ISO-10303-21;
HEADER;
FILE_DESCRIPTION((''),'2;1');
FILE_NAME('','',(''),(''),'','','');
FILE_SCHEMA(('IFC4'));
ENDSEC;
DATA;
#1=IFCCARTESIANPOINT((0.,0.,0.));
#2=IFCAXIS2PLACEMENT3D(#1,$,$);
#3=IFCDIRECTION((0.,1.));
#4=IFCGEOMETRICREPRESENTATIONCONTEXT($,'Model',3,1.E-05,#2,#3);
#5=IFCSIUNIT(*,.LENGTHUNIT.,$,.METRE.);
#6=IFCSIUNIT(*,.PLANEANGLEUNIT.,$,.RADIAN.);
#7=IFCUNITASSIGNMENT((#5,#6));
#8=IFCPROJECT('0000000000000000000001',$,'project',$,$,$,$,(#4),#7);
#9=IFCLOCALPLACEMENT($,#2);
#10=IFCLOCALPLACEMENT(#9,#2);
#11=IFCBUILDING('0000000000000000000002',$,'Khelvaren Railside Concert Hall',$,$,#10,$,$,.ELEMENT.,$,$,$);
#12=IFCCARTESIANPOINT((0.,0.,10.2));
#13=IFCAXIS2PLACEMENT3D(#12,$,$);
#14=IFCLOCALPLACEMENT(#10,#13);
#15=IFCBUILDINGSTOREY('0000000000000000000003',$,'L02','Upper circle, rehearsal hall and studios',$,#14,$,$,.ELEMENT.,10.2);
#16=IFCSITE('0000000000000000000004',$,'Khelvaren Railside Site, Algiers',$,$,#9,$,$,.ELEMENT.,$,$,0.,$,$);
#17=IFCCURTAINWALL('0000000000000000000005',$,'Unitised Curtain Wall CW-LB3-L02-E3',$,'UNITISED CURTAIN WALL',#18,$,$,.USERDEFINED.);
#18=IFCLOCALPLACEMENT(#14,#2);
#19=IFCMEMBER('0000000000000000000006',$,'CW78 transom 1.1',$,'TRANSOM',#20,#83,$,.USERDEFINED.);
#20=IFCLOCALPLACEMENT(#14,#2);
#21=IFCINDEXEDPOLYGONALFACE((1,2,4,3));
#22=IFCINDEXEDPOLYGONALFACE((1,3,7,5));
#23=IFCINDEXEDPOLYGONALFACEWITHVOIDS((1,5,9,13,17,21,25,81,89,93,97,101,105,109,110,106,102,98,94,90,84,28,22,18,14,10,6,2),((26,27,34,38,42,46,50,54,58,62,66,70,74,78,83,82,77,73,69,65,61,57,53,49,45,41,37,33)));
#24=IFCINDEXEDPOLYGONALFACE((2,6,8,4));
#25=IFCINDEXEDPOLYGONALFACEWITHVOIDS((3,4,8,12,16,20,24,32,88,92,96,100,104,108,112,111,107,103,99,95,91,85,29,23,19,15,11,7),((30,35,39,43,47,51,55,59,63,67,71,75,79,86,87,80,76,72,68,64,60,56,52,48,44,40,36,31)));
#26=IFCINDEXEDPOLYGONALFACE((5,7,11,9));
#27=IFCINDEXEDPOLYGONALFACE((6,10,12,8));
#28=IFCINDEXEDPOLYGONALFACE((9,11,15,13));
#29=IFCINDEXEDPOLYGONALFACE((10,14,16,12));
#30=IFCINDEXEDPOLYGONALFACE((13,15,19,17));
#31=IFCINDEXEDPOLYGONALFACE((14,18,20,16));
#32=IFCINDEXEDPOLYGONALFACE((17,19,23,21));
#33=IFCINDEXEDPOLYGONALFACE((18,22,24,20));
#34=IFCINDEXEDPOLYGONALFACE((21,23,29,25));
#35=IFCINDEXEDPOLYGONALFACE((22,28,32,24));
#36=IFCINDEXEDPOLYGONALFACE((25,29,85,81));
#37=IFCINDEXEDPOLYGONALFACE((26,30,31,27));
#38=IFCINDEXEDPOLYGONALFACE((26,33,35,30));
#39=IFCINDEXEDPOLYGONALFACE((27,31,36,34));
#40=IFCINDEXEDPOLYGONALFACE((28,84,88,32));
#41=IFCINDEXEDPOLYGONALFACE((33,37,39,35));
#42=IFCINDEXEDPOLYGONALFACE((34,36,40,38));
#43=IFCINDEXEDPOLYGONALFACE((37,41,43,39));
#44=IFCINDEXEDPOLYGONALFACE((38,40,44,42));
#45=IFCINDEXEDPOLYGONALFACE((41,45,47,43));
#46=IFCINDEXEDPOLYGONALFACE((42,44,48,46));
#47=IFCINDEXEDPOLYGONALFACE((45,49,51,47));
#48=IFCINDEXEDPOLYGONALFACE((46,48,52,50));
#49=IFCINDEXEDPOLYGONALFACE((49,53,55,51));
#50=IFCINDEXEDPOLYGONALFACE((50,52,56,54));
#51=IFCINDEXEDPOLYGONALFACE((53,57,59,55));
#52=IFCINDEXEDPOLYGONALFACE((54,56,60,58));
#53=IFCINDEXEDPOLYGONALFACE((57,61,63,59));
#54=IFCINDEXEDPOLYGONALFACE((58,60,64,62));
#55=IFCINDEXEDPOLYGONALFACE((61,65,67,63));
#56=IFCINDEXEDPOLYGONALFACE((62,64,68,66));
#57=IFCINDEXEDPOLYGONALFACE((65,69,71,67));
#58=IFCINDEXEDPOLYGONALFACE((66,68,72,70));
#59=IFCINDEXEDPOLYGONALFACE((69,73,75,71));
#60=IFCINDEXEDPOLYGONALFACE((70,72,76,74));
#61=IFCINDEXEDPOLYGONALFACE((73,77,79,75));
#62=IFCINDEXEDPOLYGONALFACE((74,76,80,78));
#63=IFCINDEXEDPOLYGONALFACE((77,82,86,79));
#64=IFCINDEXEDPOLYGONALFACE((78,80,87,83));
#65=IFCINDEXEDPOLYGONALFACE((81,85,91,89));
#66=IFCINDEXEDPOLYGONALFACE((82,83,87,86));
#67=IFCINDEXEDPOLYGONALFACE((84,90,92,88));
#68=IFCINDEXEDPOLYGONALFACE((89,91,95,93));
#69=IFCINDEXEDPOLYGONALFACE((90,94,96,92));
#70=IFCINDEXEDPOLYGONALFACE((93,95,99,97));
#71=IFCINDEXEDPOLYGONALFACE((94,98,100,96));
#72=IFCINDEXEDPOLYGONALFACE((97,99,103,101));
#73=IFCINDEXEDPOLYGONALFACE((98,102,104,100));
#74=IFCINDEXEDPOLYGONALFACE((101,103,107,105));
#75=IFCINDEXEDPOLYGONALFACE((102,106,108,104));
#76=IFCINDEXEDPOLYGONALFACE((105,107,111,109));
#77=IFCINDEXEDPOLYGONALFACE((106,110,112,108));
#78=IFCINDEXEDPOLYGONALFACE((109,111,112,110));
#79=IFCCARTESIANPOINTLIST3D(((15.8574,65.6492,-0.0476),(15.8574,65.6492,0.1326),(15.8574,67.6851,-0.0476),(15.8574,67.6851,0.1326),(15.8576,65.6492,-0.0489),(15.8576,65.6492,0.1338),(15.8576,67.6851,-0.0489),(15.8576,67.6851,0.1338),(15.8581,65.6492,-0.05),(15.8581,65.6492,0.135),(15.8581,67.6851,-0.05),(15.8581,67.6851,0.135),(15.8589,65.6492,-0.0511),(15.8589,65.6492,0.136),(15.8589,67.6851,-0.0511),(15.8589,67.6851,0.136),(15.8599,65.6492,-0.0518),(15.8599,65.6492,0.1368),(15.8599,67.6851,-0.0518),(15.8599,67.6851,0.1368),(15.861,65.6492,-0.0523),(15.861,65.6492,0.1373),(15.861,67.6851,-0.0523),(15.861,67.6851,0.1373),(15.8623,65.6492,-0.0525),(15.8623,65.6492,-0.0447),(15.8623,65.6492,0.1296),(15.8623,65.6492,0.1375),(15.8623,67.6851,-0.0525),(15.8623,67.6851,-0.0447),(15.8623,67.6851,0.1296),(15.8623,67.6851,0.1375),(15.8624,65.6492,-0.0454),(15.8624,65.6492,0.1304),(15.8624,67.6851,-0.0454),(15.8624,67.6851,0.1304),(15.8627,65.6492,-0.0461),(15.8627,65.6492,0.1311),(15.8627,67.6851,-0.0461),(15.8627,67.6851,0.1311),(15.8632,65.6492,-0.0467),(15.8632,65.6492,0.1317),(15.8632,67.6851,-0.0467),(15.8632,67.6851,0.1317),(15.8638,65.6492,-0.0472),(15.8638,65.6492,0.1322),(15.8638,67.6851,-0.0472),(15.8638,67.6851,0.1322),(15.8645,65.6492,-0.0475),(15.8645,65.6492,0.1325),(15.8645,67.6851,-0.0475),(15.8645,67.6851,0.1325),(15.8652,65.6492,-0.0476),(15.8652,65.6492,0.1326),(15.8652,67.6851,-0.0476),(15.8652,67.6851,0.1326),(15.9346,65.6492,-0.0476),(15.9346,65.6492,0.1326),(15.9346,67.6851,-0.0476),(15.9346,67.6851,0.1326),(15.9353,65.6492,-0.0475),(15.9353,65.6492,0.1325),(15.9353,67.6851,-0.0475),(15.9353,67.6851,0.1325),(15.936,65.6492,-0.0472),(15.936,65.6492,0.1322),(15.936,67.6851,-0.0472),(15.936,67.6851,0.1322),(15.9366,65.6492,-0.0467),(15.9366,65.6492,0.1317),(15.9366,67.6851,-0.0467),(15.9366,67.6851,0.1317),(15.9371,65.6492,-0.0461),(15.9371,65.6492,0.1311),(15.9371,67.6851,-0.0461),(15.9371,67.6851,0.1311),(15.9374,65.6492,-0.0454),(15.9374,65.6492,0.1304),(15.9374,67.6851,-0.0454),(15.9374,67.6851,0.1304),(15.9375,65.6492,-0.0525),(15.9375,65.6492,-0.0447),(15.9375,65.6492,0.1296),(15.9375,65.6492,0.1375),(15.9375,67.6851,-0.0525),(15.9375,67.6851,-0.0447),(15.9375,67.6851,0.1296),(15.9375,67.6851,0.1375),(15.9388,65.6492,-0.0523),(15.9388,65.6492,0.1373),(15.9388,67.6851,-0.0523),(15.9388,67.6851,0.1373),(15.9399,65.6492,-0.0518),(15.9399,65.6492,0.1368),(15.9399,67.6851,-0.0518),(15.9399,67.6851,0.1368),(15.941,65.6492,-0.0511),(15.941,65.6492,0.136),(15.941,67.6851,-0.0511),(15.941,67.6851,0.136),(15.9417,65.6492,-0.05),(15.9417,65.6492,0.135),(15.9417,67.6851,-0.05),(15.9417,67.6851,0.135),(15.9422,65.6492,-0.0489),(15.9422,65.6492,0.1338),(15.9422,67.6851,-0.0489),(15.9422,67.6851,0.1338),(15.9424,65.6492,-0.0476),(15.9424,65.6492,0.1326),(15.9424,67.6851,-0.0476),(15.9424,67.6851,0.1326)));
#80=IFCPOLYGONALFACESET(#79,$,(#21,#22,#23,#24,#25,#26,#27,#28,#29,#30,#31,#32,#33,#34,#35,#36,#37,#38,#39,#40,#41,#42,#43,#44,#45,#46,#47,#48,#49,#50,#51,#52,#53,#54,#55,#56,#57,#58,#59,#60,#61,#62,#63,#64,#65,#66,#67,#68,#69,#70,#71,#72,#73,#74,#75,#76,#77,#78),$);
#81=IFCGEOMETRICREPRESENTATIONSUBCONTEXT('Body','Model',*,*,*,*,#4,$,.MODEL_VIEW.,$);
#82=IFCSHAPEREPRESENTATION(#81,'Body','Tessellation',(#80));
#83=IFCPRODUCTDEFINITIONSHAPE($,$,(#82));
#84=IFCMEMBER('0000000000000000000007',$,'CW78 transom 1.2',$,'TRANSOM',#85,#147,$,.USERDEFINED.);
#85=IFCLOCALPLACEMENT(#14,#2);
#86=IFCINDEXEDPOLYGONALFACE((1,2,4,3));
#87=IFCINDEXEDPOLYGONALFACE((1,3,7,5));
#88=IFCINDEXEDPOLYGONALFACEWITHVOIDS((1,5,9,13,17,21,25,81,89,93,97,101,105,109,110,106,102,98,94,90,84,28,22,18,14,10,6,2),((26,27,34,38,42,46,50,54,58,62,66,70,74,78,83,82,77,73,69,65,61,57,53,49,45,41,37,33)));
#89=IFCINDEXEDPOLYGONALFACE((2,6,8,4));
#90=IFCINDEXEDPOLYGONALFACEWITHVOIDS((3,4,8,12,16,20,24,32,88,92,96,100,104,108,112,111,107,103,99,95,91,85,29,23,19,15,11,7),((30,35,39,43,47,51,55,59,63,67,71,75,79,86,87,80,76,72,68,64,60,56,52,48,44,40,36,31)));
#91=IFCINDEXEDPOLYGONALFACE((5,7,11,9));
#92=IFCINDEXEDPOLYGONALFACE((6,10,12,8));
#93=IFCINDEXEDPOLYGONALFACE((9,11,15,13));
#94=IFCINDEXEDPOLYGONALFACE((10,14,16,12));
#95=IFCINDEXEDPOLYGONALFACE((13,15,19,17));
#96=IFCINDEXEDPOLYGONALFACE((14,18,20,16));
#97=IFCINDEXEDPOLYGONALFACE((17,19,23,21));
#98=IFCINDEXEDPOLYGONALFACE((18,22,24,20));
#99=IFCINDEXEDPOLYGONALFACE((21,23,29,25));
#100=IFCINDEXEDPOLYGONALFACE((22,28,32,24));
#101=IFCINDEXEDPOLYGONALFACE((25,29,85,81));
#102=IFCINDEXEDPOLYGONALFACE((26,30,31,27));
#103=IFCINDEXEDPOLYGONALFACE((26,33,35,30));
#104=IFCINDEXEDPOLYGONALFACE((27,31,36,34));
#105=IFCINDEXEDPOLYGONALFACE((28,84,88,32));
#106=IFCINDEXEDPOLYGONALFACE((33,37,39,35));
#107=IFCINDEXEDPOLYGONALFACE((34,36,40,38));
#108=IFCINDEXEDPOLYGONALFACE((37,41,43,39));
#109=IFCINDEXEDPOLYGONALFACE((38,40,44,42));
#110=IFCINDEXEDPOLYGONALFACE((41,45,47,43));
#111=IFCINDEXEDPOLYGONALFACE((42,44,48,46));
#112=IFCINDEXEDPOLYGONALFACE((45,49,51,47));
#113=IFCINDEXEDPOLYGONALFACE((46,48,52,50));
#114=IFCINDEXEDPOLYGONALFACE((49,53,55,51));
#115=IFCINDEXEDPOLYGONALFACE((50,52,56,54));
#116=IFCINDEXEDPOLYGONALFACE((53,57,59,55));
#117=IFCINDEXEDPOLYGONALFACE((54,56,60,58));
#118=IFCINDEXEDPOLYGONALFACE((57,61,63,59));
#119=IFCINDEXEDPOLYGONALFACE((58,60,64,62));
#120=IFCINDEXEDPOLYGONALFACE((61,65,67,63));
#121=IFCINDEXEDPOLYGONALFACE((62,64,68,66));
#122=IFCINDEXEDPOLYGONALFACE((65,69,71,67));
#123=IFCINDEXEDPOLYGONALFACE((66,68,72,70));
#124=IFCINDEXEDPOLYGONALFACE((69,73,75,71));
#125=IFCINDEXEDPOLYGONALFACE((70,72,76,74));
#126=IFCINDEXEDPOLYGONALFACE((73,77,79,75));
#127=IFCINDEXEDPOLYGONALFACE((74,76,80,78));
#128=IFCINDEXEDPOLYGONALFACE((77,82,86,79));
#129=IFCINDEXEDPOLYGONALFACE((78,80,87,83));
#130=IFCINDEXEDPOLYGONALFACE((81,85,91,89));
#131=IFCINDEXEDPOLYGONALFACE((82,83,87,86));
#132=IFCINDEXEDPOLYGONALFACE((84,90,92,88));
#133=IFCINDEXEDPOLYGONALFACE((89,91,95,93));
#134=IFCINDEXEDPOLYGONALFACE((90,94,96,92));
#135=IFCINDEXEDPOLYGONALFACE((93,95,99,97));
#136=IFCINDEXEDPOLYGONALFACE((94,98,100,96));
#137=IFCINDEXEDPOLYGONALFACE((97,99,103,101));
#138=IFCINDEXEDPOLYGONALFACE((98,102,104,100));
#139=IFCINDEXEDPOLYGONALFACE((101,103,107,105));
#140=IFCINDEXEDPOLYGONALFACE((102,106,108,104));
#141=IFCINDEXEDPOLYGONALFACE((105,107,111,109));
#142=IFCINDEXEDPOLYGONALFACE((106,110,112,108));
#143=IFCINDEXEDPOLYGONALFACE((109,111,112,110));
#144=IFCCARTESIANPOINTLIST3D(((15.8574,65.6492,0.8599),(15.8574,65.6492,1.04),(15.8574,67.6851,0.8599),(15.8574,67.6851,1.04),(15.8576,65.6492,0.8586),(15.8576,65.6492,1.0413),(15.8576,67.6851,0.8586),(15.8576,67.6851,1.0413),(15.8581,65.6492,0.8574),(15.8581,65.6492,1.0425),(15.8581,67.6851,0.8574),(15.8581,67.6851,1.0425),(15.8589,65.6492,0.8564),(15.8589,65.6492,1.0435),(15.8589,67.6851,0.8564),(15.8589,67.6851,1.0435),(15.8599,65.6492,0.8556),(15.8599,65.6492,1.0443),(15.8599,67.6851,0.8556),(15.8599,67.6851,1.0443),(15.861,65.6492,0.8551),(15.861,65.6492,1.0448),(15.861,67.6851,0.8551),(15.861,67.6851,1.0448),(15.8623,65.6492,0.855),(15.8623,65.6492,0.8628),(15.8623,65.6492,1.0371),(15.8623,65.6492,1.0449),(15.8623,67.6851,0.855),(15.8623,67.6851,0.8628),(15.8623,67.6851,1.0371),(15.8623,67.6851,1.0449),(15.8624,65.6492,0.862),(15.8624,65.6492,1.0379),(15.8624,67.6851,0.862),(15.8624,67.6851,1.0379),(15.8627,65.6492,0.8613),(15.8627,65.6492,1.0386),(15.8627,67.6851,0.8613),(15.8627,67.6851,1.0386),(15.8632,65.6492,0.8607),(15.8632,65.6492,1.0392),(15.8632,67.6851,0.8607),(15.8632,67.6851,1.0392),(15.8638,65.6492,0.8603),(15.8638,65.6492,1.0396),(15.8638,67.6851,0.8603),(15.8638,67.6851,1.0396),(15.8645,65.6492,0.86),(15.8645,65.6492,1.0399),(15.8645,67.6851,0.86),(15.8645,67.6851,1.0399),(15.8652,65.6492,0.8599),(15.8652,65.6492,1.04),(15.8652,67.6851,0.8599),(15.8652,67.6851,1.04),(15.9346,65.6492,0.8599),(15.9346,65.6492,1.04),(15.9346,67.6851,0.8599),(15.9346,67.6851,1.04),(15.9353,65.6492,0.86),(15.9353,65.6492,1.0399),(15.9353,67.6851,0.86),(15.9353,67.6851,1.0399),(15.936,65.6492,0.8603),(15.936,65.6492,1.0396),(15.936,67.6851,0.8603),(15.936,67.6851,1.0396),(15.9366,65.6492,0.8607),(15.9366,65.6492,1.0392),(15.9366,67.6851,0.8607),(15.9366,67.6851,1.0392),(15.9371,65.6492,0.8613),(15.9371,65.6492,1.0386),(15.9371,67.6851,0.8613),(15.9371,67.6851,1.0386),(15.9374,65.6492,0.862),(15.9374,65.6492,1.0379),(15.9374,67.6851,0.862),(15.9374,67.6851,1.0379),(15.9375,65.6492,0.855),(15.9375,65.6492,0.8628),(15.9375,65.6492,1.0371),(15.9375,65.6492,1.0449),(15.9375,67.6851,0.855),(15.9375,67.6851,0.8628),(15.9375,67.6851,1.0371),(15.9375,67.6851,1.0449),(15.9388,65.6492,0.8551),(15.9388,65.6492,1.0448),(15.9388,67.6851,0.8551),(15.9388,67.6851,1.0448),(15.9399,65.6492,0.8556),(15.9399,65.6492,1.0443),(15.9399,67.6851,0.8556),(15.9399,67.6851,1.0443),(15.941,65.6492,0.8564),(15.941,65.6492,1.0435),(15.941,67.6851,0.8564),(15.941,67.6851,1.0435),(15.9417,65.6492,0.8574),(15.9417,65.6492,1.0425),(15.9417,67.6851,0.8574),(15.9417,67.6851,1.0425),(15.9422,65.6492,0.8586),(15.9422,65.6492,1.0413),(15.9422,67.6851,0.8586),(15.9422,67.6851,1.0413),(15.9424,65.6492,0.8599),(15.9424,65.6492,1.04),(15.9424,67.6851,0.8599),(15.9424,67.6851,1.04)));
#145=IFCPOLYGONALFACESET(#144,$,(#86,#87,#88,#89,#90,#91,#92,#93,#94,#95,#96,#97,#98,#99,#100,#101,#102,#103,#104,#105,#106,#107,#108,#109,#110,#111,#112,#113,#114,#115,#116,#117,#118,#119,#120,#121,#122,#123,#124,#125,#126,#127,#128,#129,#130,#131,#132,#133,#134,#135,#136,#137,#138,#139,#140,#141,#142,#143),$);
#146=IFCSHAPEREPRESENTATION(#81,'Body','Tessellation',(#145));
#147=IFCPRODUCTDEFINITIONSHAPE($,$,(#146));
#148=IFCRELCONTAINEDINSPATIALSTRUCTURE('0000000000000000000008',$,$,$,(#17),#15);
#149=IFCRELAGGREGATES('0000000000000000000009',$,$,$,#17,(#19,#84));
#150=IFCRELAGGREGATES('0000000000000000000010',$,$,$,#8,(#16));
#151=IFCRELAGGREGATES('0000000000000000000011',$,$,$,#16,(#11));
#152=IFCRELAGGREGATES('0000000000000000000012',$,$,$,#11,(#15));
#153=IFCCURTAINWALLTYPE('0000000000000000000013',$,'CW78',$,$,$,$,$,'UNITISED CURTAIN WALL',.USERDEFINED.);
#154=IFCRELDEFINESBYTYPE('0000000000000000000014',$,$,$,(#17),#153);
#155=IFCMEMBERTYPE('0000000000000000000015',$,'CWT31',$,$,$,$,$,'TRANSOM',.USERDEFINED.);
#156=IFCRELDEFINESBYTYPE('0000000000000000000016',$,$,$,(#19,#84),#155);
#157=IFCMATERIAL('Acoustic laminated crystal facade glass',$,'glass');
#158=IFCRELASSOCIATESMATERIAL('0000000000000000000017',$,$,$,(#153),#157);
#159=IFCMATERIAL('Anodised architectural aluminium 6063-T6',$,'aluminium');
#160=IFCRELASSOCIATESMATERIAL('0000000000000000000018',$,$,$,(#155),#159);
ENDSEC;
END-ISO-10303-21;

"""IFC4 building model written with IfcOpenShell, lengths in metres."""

from ifc_helpers import new_model, si_unit, direction, frame, origin, origin_2d, place, context, subcontext, project, spatial, hollow_rectangle, extrude, material, material_profile, profile_set, type_object, element, aggregate, save


model = new_model("IFC4")

# Units and contexts
model_context = context("Model", 3, precision=1e-05, world=origin(), true_north=direction((0.0, 1.0)))
body_context = subcontext(model_context, "Body", "Model", "MODEL_VIEW")
ifc_project = project(units=[si_unit("LENGTHUNIT", "METRE"), si_unit("PLANEANGLEUNIT", "RADIAN")], contexts=[model_context])

# Site, building, storey
site_placement = place(None, origin())
site = spatial("IfcSite", under=ifc_project, at=site_placement, Name="Khelvaren Railside Site, Algiers", CompositionType="ELEMENT", RefElevation=0.0)
building_placement = place(site_placement, origin())
building = spatial("IfcBuilding", under=site, at=building_placement, Name="Khelvaren Railside Concert Hall", CompositionType="ELEMENT")
storey_placement = place(building_placement, frame((0.0, 0.0, 10.2)))
storey = spatial("IfcBuildingStorey", under=building, at=storey_placement, Name="L02", Description="Upper circle, rehearsal hall and studios", CompositionType="ELEMENT", Elevation=10.2)

# Curtain wall, members
ifc_material_1 = material(Name="Acoustic laminated crystal facade glass", Category="glass")
curtain_wall_type = type_object("IfcCurtainWallType", Name="CW78", ElementType="UNITISED CURTAIN WALL", PredefinedType="USERDEFINED", material=ifc_material_1)
curtain_wall_placement = place(storey_placement, origin())
curtain_wall = element("IfcCurtainWall", 1, at=curtain_wall_placement, inside=storey, type_object=curtain_wall_type, Name="Unitised Curtain Wall CW-LB3-L02-E3", ObjectType="UNITISED CURTAIN WALL", PredefinedType="USERDEFINED")
ifc_material_2 = material(Name="Anodised architectural aluminium 6063-T6", Category="aluminium")
ifc_material_profile_1 = material_profile(ifc_material_2, hollow_rectangle(XDim=0.085, YDim=0.1899, WallThickness=0.0049, InnerFilletRadius=0.0029, OuterFilletRadius=0.0049, at=origin_2d()), Name="CWT 85x190x5")
ifc_profile_set_1 = profile_set([ifc_material_profile_1], Name="Anodised architectural aluminium 6063-T6")
member_type_1 = type_object("IfcMemberType", Name="CWT31", ElementType="TRANSOM", PredefinedType="USERDEFINED", material=ifc_profile_set_1)
member_1_placement = place(storey_placement, frame((15.8999, 67.6851, 0.0425), z_axis=(0.0, -1.0, 0.0), x_axis=(1.0, 0.0, 0.0)))
member_1 = element("IfcMember", 2, at=member_1_placement, type_object=member_type_1, Name="CW78 transom 1.1", ObjectType="TRANSOM", PredefinedType="USERDEFINED", context=body_context, shape_type="SweptSolid", body=[
    extrude(hollow_rectangle(XDim=0.085, YDim=0.1899, WallThickness=0.0049, InnerFilletRadius=0.0029, OuterFilletRadius=0.0049, at=origin_2d()), origin(), (0.0, 0.0, 1.0), 2.0359),
])
member_2_placement = place(storey_placement, frame((15.8999, 67.6851, 0.95), z_axis=(0.0, -1.0, 0.0), x_axis=(1.0, 0.0, 0.0)))
member_2 = element("IfcMember", 3, at=member_2_placement, type_object=member_type_1, Name="CW78 transom 1.2", ObjectType="TRANSOM", PredefinedType="USERDEFINED", context=body_context, shape_type="SweptSolid", body=[
    extrude(hollow_rectangle(XDim=0.085, YDim=0.1899, WallThickness=0.0049, InnerFilletRadius=0.0029, OuterFilletRadius=0.0049, at=origin_2d()), origin(), (0.0, 0.0, 1.0), 2.0359),
])

aggregate(curtain_wall, [member_1, member_2])

save(model, "model.ifc")
